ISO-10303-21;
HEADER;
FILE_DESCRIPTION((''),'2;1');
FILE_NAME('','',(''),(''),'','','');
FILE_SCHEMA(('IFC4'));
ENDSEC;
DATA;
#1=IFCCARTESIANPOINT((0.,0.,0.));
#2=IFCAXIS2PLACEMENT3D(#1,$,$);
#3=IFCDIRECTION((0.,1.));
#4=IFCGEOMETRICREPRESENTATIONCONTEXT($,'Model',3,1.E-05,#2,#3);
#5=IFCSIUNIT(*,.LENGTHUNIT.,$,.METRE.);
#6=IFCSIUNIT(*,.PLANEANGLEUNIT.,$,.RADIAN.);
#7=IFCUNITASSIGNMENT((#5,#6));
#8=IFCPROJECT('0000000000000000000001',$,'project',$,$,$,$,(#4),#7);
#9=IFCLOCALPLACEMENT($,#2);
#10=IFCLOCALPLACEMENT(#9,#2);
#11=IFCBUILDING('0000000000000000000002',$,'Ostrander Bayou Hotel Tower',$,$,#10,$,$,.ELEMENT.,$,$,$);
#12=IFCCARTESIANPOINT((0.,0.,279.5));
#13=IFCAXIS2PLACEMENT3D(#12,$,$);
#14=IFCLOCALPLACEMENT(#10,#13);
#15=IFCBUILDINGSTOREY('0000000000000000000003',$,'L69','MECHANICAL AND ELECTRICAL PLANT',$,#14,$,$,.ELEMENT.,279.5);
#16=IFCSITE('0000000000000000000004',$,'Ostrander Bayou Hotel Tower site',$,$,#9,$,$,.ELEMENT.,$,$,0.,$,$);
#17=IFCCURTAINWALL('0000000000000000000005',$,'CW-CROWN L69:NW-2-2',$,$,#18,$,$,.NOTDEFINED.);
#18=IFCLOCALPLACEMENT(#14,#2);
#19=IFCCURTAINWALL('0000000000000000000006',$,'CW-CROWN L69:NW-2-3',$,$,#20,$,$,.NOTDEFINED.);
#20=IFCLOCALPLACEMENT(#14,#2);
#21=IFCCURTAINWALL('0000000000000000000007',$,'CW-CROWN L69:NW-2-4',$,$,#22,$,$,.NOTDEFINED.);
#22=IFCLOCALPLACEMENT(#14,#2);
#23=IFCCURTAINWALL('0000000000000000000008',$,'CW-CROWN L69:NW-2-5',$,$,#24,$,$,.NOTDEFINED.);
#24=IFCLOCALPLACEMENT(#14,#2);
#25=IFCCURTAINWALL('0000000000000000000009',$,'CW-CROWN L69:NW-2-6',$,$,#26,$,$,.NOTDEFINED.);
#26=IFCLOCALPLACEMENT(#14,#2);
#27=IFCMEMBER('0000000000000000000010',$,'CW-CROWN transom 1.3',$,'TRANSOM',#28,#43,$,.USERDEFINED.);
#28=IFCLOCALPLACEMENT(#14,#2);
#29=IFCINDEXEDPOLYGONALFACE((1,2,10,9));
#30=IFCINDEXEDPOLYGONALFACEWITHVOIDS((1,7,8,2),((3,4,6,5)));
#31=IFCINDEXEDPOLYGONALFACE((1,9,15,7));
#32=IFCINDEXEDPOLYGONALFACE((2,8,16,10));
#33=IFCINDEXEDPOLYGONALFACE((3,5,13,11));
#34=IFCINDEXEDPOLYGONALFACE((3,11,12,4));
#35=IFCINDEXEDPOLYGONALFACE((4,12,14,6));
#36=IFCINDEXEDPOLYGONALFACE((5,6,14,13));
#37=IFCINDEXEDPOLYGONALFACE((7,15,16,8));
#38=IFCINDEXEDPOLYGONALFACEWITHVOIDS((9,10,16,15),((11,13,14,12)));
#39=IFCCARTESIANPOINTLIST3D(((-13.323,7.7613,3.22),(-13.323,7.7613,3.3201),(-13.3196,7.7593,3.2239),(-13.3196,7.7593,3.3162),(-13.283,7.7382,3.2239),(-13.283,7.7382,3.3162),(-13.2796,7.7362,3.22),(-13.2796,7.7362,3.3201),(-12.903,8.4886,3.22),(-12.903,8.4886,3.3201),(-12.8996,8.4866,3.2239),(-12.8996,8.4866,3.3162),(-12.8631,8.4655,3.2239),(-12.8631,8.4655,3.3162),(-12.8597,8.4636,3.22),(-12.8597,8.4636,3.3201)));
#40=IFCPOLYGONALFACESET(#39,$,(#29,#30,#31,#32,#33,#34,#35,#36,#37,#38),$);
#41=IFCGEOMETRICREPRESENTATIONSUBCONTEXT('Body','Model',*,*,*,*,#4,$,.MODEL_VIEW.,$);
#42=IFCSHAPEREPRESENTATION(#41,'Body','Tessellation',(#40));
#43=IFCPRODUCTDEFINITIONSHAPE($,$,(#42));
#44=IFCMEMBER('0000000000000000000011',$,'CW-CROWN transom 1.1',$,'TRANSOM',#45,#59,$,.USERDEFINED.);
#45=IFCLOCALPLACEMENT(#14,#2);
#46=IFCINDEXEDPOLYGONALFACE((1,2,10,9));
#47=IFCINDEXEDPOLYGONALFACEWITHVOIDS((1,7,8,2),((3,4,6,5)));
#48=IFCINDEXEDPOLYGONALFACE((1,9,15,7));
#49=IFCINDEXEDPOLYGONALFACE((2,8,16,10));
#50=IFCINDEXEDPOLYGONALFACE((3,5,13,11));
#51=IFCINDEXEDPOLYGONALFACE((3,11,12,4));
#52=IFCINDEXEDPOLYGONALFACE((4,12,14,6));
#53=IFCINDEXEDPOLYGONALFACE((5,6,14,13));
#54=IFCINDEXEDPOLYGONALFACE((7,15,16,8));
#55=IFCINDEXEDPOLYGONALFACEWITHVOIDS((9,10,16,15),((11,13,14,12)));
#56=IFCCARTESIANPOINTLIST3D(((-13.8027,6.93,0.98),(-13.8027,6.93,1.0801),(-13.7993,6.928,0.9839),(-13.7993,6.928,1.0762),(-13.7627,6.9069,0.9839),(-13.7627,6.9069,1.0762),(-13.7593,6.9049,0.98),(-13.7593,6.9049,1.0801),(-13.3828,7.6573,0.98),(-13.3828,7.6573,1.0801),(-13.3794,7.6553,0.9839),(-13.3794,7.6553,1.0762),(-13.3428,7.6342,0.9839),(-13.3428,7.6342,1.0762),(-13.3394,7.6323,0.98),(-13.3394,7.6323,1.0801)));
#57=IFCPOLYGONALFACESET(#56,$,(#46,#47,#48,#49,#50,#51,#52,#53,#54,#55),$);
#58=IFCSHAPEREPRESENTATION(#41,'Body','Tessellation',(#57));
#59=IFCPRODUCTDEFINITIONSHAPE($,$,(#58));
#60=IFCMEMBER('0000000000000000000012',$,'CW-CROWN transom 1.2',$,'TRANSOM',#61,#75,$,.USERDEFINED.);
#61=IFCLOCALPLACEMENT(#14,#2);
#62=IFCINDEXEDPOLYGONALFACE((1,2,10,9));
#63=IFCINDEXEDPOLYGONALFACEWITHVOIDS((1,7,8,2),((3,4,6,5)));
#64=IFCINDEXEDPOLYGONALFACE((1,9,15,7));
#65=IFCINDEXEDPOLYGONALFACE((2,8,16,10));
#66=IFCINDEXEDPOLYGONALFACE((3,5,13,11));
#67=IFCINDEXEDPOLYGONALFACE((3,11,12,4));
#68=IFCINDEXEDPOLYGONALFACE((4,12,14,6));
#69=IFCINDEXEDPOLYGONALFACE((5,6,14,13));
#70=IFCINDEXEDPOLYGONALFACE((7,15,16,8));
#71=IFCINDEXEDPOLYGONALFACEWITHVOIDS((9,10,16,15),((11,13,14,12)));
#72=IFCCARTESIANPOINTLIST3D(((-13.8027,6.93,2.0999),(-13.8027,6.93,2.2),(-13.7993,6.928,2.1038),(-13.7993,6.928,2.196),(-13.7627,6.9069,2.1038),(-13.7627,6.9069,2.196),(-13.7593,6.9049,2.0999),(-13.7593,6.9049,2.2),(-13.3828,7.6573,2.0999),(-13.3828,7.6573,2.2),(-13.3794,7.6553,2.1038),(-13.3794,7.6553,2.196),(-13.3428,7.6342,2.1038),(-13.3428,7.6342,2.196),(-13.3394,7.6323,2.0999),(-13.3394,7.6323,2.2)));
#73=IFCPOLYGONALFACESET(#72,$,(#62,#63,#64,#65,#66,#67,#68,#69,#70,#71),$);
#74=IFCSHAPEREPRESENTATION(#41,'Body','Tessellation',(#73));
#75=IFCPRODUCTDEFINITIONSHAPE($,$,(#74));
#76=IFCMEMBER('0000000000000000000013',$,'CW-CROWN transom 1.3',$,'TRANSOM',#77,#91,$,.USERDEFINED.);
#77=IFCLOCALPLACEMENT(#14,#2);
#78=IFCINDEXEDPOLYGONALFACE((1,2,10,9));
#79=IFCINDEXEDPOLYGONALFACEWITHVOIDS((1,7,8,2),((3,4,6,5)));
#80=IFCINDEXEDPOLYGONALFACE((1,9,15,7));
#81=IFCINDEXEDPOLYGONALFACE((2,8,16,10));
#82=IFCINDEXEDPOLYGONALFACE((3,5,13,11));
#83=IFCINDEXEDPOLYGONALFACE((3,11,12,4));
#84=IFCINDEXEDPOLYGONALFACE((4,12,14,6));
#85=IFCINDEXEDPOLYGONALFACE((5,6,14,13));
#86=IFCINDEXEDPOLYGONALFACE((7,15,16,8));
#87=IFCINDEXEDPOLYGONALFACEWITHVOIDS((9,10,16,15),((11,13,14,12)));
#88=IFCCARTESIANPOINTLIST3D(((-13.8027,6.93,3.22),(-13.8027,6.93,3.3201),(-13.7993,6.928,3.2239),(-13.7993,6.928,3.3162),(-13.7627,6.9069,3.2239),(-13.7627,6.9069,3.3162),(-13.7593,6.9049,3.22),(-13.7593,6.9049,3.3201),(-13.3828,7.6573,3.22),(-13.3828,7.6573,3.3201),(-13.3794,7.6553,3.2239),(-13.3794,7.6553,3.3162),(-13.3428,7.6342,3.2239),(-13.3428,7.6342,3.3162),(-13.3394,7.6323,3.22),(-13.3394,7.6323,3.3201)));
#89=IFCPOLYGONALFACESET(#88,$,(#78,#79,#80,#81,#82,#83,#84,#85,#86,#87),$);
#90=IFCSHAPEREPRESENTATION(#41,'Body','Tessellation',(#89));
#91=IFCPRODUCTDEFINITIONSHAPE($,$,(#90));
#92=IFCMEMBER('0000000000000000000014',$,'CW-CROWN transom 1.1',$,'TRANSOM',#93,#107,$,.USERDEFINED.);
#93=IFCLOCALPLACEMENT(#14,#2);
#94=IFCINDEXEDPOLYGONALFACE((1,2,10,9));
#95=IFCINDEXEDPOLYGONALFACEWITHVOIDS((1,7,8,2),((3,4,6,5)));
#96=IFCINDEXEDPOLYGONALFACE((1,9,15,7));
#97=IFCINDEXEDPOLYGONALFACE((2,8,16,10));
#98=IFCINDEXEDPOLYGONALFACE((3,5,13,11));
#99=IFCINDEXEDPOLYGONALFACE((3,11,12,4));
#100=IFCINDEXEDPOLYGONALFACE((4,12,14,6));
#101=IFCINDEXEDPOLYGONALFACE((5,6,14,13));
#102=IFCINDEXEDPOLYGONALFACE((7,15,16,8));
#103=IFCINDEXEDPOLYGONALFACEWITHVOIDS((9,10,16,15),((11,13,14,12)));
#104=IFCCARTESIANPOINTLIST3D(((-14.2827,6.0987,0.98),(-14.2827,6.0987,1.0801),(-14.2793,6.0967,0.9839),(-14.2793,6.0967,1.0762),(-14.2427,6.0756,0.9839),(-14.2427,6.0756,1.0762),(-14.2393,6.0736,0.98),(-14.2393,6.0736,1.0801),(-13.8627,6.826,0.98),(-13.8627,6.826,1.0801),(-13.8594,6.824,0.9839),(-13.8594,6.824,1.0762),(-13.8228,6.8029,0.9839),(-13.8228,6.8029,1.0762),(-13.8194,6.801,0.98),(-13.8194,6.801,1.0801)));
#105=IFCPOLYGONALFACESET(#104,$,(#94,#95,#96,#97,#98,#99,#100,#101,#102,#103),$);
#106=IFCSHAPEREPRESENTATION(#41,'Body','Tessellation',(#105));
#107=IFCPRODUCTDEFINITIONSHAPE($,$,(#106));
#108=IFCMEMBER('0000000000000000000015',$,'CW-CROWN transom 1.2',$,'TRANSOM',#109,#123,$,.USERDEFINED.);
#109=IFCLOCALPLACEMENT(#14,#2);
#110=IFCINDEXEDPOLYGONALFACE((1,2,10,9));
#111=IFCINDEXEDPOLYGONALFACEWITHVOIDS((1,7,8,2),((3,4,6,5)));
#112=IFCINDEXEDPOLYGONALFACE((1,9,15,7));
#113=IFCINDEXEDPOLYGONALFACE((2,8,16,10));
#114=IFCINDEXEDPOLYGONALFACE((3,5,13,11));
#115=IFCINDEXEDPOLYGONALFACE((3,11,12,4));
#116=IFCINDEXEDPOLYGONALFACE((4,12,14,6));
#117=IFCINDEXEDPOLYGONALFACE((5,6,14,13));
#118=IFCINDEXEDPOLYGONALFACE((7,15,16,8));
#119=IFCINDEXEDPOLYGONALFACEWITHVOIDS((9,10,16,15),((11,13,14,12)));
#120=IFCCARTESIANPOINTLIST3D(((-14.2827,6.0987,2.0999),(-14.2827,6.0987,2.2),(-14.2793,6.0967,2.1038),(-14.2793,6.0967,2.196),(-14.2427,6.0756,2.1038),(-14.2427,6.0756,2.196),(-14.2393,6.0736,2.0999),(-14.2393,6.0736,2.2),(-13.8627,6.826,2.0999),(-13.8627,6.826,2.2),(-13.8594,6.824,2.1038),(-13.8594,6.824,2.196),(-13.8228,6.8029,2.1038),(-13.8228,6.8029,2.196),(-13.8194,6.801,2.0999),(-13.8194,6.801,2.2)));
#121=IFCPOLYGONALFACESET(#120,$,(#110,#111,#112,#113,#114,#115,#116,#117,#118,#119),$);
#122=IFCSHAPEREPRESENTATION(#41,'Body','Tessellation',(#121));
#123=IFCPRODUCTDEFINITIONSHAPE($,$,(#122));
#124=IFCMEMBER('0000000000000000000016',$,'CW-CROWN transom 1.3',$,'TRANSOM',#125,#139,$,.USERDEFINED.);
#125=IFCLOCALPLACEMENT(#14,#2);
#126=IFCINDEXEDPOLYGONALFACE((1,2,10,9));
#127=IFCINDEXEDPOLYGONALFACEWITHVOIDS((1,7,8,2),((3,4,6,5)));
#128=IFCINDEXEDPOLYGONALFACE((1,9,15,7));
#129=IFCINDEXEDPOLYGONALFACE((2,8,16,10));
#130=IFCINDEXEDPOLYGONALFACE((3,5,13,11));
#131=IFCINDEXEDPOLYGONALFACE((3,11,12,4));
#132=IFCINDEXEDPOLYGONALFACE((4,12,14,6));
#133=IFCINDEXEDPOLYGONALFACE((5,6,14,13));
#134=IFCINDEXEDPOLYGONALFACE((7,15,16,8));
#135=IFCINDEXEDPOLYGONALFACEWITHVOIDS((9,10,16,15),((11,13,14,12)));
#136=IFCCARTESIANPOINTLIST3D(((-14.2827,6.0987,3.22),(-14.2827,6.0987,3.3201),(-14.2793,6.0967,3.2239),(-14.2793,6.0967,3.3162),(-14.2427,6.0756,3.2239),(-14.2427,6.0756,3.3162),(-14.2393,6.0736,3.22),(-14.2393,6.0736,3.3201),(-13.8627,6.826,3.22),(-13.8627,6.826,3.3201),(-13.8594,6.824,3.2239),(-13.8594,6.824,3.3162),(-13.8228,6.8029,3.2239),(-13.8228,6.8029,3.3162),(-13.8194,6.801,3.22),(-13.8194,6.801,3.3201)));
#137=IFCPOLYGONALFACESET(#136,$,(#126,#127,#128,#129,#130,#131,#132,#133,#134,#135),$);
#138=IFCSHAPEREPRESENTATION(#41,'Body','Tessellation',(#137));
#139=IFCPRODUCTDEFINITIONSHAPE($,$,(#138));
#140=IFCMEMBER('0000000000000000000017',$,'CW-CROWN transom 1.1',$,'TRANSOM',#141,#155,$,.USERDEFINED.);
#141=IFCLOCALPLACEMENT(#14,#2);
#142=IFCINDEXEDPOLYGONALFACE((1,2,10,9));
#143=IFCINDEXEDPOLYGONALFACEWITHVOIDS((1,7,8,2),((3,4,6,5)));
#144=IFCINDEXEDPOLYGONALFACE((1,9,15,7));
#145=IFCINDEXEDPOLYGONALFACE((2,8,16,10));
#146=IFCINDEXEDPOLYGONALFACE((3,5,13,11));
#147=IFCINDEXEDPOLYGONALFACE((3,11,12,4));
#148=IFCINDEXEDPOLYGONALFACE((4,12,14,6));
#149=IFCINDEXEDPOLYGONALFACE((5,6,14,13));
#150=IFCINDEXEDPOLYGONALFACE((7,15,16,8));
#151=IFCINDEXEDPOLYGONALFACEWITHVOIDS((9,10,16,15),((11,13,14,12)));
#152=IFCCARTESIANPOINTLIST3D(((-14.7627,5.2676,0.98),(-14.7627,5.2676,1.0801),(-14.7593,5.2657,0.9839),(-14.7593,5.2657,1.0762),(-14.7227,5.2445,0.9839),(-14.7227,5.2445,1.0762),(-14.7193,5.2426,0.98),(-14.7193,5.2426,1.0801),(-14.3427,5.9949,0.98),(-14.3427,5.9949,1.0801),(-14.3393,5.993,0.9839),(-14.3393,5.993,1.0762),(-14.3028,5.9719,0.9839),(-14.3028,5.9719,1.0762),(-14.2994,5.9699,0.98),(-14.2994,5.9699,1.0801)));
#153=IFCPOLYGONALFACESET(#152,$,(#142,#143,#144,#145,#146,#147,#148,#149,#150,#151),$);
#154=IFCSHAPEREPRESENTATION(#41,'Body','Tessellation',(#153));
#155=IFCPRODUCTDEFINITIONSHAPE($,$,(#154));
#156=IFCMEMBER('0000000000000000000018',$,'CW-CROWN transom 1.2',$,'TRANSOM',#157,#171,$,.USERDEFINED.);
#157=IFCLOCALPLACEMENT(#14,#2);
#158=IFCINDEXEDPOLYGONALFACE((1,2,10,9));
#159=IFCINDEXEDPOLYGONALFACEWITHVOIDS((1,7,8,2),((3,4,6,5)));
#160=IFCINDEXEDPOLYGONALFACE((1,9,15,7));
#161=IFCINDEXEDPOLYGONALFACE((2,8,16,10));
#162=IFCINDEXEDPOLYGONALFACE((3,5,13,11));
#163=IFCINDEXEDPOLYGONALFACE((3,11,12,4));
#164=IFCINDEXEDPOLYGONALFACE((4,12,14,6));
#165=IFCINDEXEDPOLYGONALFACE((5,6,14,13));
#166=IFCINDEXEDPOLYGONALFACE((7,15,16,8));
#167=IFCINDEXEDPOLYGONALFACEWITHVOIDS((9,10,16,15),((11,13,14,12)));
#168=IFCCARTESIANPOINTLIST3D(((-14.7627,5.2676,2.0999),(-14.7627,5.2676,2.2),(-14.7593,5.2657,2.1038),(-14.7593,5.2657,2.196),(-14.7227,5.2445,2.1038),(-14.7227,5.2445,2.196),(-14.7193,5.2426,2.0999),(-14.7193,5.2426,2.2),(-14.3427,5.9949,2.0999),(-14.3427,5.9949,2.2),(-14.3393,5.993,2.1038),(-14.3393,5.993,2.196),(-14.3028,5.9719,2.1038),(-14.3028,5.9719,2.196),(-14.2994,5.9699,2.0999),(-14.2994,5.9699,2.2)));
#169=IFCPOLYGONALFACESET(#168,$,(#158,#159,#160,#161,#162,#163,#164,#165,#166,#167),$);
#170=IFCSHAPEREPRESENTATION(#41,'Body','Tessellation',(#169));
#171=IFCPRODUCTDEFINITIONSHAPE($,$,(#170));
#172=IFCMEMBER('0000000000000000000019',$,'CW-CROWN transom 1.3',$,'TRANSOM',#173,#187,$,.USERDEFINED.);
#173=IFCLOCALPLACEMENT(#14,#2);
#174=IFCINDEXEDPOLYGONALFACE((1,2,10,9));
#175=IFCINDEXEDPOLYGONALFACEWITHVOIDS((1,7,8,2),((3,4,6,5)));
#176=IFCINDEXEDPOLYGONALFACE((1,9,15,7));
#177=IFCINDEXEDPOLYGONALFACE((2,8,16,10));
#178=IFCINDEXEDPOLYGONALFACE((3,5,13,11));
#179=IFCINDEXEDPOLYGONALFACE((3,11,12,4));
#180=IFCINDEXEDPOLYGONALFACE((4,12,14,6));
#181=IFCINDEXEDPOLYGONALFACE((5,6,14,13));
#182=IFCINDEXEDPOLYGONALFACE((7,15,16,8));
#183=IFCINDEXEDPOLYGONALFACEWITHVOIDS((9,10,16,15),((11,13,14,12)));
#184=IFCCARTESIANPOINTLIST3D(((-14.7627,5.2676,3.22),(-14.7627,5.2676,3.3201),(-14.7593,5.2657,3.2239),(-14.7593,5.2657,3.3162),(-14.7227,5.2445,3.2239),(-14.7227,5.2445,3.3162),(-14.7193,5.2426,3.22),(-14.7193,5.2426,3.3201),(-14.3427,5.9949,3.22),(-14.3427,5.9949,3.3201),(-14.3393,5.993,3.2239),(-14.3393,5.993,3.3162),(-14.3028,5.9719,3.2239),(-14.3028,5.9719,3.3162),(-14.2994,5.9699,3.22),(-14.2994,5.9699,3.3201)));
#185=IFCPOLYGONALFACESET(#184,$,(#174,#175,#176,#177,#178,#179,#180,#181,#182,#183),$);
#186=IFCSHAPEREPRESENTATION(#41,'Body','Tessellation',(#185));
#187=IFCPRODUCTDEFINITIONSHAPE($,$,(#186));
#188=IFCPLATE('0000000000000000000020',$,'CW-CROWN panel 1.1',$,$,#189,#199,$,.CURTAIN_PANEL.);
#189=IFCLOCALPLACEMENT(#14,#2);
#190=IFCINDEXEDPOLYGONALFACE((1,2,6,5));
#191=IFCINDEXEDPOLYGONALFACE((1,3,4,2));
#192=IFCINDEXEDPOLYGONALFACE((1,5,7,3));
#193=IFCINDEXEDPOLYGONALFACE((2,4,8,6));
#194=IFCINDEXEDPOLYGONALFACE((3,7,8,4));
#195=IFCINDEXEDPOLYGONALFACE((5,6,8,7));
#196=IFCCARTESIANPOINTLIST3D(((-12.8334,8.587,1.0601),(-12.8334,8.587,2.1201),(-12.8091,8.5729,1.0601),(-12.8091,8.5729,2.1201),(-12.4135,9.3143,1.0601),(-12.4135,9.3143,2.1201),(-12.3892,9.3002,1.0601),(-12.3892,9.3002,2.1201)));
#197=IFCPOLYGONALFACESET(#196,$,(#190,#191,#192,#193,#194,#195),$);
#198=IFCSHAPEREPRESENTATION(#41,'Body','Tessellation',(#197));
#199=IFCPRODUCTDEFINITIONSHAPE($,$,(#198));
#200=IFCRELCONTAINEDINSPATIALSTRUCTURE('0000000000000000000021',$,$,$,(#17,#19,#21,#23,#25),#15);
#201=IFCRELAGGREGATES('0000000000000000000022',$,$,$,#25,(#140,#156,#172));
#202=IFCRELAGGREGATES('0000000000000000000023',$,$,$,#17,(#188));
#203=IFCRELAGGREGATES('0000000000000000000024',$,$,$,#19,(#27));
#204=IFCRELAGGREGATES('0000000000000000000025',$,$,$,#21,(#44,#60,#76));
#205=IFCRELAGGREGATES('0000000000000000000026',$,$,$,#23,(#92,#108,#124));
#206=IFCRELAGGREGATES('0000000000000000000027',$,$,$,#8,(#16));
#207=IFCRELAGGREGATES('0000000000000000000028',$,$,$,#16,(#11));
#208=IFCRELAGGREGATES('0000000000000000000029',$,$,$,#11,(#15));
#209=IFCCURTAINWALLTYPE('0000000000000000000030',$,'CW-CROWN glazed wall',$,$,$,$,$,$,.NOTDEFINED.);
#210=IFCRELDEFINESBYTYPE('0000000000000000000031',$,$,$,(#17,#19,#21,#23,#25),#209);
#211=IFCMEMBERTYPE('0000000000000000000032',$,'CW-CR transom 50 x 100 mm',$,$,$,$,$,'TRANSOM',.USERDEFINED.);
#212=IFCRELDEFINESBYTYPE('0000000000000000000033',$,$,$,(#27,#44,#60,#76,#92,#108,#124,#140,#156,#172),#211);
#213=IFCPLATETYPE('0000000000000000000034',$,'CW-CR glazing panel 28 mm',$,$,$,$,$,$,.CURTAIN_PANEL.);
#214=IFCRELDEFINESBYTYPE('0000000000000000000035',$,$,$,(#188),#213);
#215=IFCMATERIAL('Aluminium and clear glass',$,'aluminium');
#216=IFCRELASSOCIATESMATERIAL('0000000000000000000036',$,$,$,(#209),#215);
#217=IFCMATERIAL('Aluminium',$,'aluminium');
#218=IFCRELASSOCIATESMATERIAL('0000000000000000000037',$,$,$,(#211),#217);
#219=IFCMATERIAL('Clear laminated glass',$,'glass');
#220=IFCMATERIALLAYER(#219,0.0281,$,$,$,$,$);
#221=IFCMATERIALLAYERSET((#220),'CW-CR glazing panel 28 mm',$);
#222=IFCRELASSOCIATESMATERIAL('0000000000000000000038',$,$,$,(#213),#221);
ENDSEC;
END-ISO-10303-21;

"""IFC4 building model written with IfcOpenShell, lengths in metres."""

from ifc_helpers import new_model, si_unit, direction, frame, origin, origin_2d, place, context, subcontext, project, spatial, rectangle, hollow_rectangle, extrude, material, layer, layer_set, material_profile, profile_set, type_object, element, aggregate, save


model = new_model("IFC4")

# Units and contexts
model_context = context("Model", 3, precision=1e-05, world=origin(), true_north=direction((0.0, 1.0)))
body_context = subcontext(model_context, "Body", "Model", "MODEL_VIEW")
ifc_project = project(units=[si_unit("LENGTHUNIT", "METRE"), si_unit("PLANEANGLEUNIT", "RADIAN")], contexts=[model_context])

# Site, building, storey
site_placement = place(None, origin())
site = spatial("IfcSite", under=ifc_project, at=site_placement, Name="Ostrander Bayou Hotel Tower site", CompositionType="ELEMENT", RefElevation=0.0)
building_placement = place(site_placement, origin())
building = spatial("IfcBuilding", under=site, at=building_placement, Name="Ostrander Bayou Hotel Tower", CompositionType="ELEMENT")
storey_placement = place(building_placement, frame((0.0, 0.0, 279.5)))
storey = spatial("IfcBuildingStorey", under=building, at=storey_placement, Name="L69", Description="MECHANICAL AND ELECTRICAL PLANT", CompositionType="ELEMENT", Elevation=279.5)

# Curtain wall
ifc_material_1 = material(Name="Aluminium and clear glass", Category="aluminium")
curtain_wall_type = type_object("IfcCurtainWallType", Name="CW-CROWN glazed wall", PredefinedType="NOTDEFINED", material=ifc_material_1)
curtain_wall_1_placement = place(storey_placement, origin())
curtain_wall_1 = element("IfcCurtainWall", 1, at=curtain_wall_1_placement, inside=storey, type_object=curtain_wall_type, Name="CW-CROWN L69:NW-2-2", PredefinedType="NOTDEFINED")

# Curtain walls
curtain_wall_2_placement = place(storey_placement, origin())
curtain_wall_2 = element("IfcCurtainWall", 2, at=curtain_wall_2_placement, inside=storey, type_object=curtain_wall_type, Name="CW-CROWN L69:NW-2-3", PredefinedType="NOTDEFINED")
curtain_wall_3_placement = place(storey_placement, origin())
curtain_wall_3 = element("IfcCurtainWall", 3, at=curtain_wall_3_placement, inside=storey, type_object=curtain_wall_type, Name="CW-CROWN L69:NW-2-4", PredefinedType="NOTDEFINED")
curtain_wall_4_placement = place(storey_placement, origin())
curtain_wall_4 = element("IfcCurtainWall", 4, at=curtain_wall_4_placement, inside=storey, type_object=curtain_wall_type, Name="CW-CROWN L69:NW-2-5", PredefinedType="NOTDEFINED")

# Curtain wall
curtain_wall_5_placement = place(storey_placement, origin())
curtain_wall_5 = element("IfcCurtainWall", 5, at=curtain_wall_5_placement, inside=storey, type_object=curtain_wall_type, Name="CW-CROWN L69:NW-2-6", PredefinedType="NOTDEFINED")

# Members
ifc_material_2 = material(Name="Aluminium", Category="aluminium")
ifc_material_profile_1 = material_profile(ifc_material_2, hollow_rectangle(XDim=0.05, YDim=0.1001, WallThickness=0.0039, at=origin_2d()))
ifc_profile_set_1 = profile_set([ifc_material_profile_1], Name="Aluminium")
member_type_1 = type_object("IfcMemberType", Name="CW-CR transom 50 x 100 mm", ElementType="TRANSOM", PredefinedType="USERDEFINED", material=ifc_profile_set_1)
member_1_placement = place(storey_placement, frame((-12.8813, 8.4761, 3.27), z_axis=(-0.500016, -0.866016, 0.0), x_axis=(0.866016, -0.500016, 0.0)))
member_1 = element("IfcMember", 6, at=member_1_placement, type_object=member_type_1, Name="CW-CROWN transom 1.3", ObjectType="TRANSOM", PredefinedType="USERDEFINED", context=body_context, shape_type="SweptSolid", body=[
    extrude(hollow_rectangle(XDim=0.05, YDim=0.1001, WallThickness=0.0039, at=origin_2d()), origin(), (0.0, 0.0, 1.0), 0.8398),
])
member_2_placement = place(storey_placement, frame((-13.3611, 7.6448, 1.03), z_axis=(-0.500016, -0.866016, 0.0), x_axis=(0.866016, -0.500016, 0.0)))
member_2 = element("IfcMember", 7, at=member_2_placement, type_object=member_type_1, Name="CW-CROWN transom 1.1", ObjectType="TRANSOM", PredefinedType="USERDEFINED", context=body_context, shape_type="SweptSolid", body=[
    extrude(hollow_rectangle(XDim=0.05, YDim=0.1001, WallThickness=0.0039, at=origin_2d()), origin(), (0.0, 0.0, 1.0), 0.8398),
])
member_3_placement = place(storey_placement, frame((-13.3611, 7.6448, 2.1499), z_axis=(-0.500016, -0.866016, 0.0), x_axis=(0.866016, -0.500016, 0.0)))
member_3 = element("IfcMember", 8, at=member_3_placement, type_object=member_type_1, Name="CW-CROWN transom 1.2", ObjectType="TRANSOM", PredefinedType="USERDEFINED", context=body_context, shape_type="SweptSolid", body=[
    extrude(hollow_rectangle(XDim=0.05, YDim=0.1001, WallThickness=0.0039, at=origin_2d()), origin(), (0.0, 0.0, 1.0), 0.8398),
])
member_4_placement = place(storey_placement, frame((-13.3611, 7.6448, 3.27), z_axis=(-0.500016, -0.866016, 0.0), x_axis=(0.866016, -0.500016, 0.0)))
member_4 = element("IfcMember", 9, at=member_4_placement, type_object=member_type_1, Name="CW-CROWN transom 1.3", ObjectType="TRANSOM", PredefinedType="USERDEFINED", context=body_context, shape_type="SweptSolid", body=[
    extrude(hollow_rectangle(XDim=0.05, YDim=0.1001, WallThickness=0.0039, at=origin_2d()), origin(), (0.0, 0.0, 1.0), 0.8398),
])
member_5_placement = place(storey_placement, frame((-13.8411, 6.8135, 1.03), z_axis=(-0.500016, -0.866016, 0.0), x_axis=(0.866016, -0.500016, 0.0)))
member_5 = element("IfcMember", 10, at=member_5_placement, type_object=member_type_1, Name="CW-CROWN transom 1.1", ObjectType="TRANSOM", PredefinedType="USERDEFINED", context=body_context, shape_type="SweptSolid", body=[
    extrude(hollow_rectangle(XDim=0.05, YDim=0.1001, WallThickness=0.0039, at=origin_2d()), origin(), (0.0, 0.0, 1.0), 0.8398),
])
member_6_placement = place(storey_placement, frame((-13.8411, 6.8135, 2.1499), z_axis=(-0.500016, -0.866016, 0.0), x_axis=(0.866016, -0.500016, 0.0)))
member_6 = element("IfcMember", 11, at=member_6_placement, type_object=member_type_1, Name="CW-CROWN transom 1.2", ObjectType="TRANSOM", PredefinedType="USERDEFINED", context=body_context, shape_type="SweptSolid", body=[
    extrude(hollow_rectangle(XDim=0.05, YDim=0.1001, WallThickness=0.0039, at=origin_2d()), origin(), (0.0, 0.0, 1.0), 0.8398),
])
member_7_placement = place(storey_placement, frame((-13.8411, 6.8135, 3.27), z_axis=(-0.500016, -0.866016, 0.0), x_axis=(0.866016, -0.500016, 0.0)))
member_7 = element("IfcMember", 12, at=member_7_placement, type_object=member_type_1, Name="CW-CROWN transom 1.3", ObjectType="TRANSOM", PredefinedType="USERDEFINED", context=body_context, shape_type="SweptSolid", body=[
    extrude(hollow_rectangle(XDim=0.05, YDim=0.1001, WallThickness=0.0039, at=origin_2d()), origin(), (0.0, 0.0, 1.0), 0.8398),
])
member_8_placement = place(storey_placement, frame((-14.321, 5.9824, 1.03), z_axis=(-0.500016, -0.866016, 0.0), x_axis=(0.866016, -0.500016, 0.0)))
member_8 = element("IfcMember", 13, at=member_8_placement, type_object=member_type_1, Name="CW-CROWN transom 1.1", ObjectType="TRANSOM", PredefinedType="USERDEFINED", context=body_context, shape_type="SweptSolid", body=[
    extrude(hollow_rectangle(XDim=0.05, YDim=0.1001, WallThickness=0.0039, at=origin_2d()), origin(), (0.0, 0.0, 1.0), 0.8398),
])
member_9_placement = place(storey_placement, frame((-14.321, 5.9824, 2.1499), z_axis=(-0.500016, -0.866016, 0.0), x_axis=(0.866016, -0.500016, 0.0)))
member_9 = element("IfcMember", 14, at=member_9_placement, type_object=member_type_1, Name="CW-CROWN transom 1.2", ObjectType="TRANSOM", PredefinedType="USERDEFINED", context=body_context, shape_type="SweptSolid", body=[
    extrude(hollow_rectangle(XDim=0.05, YDim=0.1001, WallThickness=0.0039, at=origin_2d()), origin(), (0.0, 0.0, 1.0), 0.8398),
])
member_10_placement = place(storey_placement, frame((-14.321, 5.9824, 3.27), z_axis=(-0.500016, -0.866016, 0.0), x_axis=(0.866016, -0.500016, 0.0)))
member_10 = element("IfcMember", 15, at=member_10_placement, type_object=member_type_1, Name="CW-CROWN transom 1.3", ObjectType="TRANSOM", PredefinedType="USERDEFINED", context=body_context, shape_type="SweptSolid", body=[
    extrude(hollow_rectangle(XDim=0.05, YDim=0.1001, WallThickness=0.0039, at=origin_2d()), origin(), (0.0, 0.0, 1.0), 0.8398),
])
aggregate(curtain_wall_5, [member_8, member_9, member_10])

# Plate
ifc_material_3 = material(Name="Clear laminated glass", Category="glass")
ifc_layer_1 = layer(ifc_material_3, 0.0281)
ifc_layer_set_1 = layer_set([ifc_layer_1], Name="CW-CR glazing panel 28 mm")
plate_type = type_object("IfcPlateType", Name="CW-CR glazing panel 28 mm", PredefinedType="CURTAIN_PANEL", material=ifc_layer_set_1)
plate_1_placement = place(storey_placement, frame((-12.6113, 8.9436, 1.0601), z_axis=(0.0, 0.0, 1.0), x_axis=(-0.500005, -0.866022, 0.0)))
plate_1 = element("IfcPlate", 16, at=plate_1_placement, type_object=plate_type, Name="CW-CROWN panel 1.1", PredefinedType="CURTAIN_PANEL", context=body_context, shape_type="SweptSolid", body=[
    extrude(rectangle(XDim=0.8398, YDim=0.0281, at=origin_2d()), origin(), (0.0, 0.0, 1.0), 1.0601),
])
aggregate(curtain_wall_1, [plate_1])
aggregate(curtain_wall_2, [member_1])
aggregate(curtain_wall_3, [member_2, member_3, member_4])
aggregate(curtain_wall_4, [member_5, member_6, member_7])

save(model, "model.ifc")
